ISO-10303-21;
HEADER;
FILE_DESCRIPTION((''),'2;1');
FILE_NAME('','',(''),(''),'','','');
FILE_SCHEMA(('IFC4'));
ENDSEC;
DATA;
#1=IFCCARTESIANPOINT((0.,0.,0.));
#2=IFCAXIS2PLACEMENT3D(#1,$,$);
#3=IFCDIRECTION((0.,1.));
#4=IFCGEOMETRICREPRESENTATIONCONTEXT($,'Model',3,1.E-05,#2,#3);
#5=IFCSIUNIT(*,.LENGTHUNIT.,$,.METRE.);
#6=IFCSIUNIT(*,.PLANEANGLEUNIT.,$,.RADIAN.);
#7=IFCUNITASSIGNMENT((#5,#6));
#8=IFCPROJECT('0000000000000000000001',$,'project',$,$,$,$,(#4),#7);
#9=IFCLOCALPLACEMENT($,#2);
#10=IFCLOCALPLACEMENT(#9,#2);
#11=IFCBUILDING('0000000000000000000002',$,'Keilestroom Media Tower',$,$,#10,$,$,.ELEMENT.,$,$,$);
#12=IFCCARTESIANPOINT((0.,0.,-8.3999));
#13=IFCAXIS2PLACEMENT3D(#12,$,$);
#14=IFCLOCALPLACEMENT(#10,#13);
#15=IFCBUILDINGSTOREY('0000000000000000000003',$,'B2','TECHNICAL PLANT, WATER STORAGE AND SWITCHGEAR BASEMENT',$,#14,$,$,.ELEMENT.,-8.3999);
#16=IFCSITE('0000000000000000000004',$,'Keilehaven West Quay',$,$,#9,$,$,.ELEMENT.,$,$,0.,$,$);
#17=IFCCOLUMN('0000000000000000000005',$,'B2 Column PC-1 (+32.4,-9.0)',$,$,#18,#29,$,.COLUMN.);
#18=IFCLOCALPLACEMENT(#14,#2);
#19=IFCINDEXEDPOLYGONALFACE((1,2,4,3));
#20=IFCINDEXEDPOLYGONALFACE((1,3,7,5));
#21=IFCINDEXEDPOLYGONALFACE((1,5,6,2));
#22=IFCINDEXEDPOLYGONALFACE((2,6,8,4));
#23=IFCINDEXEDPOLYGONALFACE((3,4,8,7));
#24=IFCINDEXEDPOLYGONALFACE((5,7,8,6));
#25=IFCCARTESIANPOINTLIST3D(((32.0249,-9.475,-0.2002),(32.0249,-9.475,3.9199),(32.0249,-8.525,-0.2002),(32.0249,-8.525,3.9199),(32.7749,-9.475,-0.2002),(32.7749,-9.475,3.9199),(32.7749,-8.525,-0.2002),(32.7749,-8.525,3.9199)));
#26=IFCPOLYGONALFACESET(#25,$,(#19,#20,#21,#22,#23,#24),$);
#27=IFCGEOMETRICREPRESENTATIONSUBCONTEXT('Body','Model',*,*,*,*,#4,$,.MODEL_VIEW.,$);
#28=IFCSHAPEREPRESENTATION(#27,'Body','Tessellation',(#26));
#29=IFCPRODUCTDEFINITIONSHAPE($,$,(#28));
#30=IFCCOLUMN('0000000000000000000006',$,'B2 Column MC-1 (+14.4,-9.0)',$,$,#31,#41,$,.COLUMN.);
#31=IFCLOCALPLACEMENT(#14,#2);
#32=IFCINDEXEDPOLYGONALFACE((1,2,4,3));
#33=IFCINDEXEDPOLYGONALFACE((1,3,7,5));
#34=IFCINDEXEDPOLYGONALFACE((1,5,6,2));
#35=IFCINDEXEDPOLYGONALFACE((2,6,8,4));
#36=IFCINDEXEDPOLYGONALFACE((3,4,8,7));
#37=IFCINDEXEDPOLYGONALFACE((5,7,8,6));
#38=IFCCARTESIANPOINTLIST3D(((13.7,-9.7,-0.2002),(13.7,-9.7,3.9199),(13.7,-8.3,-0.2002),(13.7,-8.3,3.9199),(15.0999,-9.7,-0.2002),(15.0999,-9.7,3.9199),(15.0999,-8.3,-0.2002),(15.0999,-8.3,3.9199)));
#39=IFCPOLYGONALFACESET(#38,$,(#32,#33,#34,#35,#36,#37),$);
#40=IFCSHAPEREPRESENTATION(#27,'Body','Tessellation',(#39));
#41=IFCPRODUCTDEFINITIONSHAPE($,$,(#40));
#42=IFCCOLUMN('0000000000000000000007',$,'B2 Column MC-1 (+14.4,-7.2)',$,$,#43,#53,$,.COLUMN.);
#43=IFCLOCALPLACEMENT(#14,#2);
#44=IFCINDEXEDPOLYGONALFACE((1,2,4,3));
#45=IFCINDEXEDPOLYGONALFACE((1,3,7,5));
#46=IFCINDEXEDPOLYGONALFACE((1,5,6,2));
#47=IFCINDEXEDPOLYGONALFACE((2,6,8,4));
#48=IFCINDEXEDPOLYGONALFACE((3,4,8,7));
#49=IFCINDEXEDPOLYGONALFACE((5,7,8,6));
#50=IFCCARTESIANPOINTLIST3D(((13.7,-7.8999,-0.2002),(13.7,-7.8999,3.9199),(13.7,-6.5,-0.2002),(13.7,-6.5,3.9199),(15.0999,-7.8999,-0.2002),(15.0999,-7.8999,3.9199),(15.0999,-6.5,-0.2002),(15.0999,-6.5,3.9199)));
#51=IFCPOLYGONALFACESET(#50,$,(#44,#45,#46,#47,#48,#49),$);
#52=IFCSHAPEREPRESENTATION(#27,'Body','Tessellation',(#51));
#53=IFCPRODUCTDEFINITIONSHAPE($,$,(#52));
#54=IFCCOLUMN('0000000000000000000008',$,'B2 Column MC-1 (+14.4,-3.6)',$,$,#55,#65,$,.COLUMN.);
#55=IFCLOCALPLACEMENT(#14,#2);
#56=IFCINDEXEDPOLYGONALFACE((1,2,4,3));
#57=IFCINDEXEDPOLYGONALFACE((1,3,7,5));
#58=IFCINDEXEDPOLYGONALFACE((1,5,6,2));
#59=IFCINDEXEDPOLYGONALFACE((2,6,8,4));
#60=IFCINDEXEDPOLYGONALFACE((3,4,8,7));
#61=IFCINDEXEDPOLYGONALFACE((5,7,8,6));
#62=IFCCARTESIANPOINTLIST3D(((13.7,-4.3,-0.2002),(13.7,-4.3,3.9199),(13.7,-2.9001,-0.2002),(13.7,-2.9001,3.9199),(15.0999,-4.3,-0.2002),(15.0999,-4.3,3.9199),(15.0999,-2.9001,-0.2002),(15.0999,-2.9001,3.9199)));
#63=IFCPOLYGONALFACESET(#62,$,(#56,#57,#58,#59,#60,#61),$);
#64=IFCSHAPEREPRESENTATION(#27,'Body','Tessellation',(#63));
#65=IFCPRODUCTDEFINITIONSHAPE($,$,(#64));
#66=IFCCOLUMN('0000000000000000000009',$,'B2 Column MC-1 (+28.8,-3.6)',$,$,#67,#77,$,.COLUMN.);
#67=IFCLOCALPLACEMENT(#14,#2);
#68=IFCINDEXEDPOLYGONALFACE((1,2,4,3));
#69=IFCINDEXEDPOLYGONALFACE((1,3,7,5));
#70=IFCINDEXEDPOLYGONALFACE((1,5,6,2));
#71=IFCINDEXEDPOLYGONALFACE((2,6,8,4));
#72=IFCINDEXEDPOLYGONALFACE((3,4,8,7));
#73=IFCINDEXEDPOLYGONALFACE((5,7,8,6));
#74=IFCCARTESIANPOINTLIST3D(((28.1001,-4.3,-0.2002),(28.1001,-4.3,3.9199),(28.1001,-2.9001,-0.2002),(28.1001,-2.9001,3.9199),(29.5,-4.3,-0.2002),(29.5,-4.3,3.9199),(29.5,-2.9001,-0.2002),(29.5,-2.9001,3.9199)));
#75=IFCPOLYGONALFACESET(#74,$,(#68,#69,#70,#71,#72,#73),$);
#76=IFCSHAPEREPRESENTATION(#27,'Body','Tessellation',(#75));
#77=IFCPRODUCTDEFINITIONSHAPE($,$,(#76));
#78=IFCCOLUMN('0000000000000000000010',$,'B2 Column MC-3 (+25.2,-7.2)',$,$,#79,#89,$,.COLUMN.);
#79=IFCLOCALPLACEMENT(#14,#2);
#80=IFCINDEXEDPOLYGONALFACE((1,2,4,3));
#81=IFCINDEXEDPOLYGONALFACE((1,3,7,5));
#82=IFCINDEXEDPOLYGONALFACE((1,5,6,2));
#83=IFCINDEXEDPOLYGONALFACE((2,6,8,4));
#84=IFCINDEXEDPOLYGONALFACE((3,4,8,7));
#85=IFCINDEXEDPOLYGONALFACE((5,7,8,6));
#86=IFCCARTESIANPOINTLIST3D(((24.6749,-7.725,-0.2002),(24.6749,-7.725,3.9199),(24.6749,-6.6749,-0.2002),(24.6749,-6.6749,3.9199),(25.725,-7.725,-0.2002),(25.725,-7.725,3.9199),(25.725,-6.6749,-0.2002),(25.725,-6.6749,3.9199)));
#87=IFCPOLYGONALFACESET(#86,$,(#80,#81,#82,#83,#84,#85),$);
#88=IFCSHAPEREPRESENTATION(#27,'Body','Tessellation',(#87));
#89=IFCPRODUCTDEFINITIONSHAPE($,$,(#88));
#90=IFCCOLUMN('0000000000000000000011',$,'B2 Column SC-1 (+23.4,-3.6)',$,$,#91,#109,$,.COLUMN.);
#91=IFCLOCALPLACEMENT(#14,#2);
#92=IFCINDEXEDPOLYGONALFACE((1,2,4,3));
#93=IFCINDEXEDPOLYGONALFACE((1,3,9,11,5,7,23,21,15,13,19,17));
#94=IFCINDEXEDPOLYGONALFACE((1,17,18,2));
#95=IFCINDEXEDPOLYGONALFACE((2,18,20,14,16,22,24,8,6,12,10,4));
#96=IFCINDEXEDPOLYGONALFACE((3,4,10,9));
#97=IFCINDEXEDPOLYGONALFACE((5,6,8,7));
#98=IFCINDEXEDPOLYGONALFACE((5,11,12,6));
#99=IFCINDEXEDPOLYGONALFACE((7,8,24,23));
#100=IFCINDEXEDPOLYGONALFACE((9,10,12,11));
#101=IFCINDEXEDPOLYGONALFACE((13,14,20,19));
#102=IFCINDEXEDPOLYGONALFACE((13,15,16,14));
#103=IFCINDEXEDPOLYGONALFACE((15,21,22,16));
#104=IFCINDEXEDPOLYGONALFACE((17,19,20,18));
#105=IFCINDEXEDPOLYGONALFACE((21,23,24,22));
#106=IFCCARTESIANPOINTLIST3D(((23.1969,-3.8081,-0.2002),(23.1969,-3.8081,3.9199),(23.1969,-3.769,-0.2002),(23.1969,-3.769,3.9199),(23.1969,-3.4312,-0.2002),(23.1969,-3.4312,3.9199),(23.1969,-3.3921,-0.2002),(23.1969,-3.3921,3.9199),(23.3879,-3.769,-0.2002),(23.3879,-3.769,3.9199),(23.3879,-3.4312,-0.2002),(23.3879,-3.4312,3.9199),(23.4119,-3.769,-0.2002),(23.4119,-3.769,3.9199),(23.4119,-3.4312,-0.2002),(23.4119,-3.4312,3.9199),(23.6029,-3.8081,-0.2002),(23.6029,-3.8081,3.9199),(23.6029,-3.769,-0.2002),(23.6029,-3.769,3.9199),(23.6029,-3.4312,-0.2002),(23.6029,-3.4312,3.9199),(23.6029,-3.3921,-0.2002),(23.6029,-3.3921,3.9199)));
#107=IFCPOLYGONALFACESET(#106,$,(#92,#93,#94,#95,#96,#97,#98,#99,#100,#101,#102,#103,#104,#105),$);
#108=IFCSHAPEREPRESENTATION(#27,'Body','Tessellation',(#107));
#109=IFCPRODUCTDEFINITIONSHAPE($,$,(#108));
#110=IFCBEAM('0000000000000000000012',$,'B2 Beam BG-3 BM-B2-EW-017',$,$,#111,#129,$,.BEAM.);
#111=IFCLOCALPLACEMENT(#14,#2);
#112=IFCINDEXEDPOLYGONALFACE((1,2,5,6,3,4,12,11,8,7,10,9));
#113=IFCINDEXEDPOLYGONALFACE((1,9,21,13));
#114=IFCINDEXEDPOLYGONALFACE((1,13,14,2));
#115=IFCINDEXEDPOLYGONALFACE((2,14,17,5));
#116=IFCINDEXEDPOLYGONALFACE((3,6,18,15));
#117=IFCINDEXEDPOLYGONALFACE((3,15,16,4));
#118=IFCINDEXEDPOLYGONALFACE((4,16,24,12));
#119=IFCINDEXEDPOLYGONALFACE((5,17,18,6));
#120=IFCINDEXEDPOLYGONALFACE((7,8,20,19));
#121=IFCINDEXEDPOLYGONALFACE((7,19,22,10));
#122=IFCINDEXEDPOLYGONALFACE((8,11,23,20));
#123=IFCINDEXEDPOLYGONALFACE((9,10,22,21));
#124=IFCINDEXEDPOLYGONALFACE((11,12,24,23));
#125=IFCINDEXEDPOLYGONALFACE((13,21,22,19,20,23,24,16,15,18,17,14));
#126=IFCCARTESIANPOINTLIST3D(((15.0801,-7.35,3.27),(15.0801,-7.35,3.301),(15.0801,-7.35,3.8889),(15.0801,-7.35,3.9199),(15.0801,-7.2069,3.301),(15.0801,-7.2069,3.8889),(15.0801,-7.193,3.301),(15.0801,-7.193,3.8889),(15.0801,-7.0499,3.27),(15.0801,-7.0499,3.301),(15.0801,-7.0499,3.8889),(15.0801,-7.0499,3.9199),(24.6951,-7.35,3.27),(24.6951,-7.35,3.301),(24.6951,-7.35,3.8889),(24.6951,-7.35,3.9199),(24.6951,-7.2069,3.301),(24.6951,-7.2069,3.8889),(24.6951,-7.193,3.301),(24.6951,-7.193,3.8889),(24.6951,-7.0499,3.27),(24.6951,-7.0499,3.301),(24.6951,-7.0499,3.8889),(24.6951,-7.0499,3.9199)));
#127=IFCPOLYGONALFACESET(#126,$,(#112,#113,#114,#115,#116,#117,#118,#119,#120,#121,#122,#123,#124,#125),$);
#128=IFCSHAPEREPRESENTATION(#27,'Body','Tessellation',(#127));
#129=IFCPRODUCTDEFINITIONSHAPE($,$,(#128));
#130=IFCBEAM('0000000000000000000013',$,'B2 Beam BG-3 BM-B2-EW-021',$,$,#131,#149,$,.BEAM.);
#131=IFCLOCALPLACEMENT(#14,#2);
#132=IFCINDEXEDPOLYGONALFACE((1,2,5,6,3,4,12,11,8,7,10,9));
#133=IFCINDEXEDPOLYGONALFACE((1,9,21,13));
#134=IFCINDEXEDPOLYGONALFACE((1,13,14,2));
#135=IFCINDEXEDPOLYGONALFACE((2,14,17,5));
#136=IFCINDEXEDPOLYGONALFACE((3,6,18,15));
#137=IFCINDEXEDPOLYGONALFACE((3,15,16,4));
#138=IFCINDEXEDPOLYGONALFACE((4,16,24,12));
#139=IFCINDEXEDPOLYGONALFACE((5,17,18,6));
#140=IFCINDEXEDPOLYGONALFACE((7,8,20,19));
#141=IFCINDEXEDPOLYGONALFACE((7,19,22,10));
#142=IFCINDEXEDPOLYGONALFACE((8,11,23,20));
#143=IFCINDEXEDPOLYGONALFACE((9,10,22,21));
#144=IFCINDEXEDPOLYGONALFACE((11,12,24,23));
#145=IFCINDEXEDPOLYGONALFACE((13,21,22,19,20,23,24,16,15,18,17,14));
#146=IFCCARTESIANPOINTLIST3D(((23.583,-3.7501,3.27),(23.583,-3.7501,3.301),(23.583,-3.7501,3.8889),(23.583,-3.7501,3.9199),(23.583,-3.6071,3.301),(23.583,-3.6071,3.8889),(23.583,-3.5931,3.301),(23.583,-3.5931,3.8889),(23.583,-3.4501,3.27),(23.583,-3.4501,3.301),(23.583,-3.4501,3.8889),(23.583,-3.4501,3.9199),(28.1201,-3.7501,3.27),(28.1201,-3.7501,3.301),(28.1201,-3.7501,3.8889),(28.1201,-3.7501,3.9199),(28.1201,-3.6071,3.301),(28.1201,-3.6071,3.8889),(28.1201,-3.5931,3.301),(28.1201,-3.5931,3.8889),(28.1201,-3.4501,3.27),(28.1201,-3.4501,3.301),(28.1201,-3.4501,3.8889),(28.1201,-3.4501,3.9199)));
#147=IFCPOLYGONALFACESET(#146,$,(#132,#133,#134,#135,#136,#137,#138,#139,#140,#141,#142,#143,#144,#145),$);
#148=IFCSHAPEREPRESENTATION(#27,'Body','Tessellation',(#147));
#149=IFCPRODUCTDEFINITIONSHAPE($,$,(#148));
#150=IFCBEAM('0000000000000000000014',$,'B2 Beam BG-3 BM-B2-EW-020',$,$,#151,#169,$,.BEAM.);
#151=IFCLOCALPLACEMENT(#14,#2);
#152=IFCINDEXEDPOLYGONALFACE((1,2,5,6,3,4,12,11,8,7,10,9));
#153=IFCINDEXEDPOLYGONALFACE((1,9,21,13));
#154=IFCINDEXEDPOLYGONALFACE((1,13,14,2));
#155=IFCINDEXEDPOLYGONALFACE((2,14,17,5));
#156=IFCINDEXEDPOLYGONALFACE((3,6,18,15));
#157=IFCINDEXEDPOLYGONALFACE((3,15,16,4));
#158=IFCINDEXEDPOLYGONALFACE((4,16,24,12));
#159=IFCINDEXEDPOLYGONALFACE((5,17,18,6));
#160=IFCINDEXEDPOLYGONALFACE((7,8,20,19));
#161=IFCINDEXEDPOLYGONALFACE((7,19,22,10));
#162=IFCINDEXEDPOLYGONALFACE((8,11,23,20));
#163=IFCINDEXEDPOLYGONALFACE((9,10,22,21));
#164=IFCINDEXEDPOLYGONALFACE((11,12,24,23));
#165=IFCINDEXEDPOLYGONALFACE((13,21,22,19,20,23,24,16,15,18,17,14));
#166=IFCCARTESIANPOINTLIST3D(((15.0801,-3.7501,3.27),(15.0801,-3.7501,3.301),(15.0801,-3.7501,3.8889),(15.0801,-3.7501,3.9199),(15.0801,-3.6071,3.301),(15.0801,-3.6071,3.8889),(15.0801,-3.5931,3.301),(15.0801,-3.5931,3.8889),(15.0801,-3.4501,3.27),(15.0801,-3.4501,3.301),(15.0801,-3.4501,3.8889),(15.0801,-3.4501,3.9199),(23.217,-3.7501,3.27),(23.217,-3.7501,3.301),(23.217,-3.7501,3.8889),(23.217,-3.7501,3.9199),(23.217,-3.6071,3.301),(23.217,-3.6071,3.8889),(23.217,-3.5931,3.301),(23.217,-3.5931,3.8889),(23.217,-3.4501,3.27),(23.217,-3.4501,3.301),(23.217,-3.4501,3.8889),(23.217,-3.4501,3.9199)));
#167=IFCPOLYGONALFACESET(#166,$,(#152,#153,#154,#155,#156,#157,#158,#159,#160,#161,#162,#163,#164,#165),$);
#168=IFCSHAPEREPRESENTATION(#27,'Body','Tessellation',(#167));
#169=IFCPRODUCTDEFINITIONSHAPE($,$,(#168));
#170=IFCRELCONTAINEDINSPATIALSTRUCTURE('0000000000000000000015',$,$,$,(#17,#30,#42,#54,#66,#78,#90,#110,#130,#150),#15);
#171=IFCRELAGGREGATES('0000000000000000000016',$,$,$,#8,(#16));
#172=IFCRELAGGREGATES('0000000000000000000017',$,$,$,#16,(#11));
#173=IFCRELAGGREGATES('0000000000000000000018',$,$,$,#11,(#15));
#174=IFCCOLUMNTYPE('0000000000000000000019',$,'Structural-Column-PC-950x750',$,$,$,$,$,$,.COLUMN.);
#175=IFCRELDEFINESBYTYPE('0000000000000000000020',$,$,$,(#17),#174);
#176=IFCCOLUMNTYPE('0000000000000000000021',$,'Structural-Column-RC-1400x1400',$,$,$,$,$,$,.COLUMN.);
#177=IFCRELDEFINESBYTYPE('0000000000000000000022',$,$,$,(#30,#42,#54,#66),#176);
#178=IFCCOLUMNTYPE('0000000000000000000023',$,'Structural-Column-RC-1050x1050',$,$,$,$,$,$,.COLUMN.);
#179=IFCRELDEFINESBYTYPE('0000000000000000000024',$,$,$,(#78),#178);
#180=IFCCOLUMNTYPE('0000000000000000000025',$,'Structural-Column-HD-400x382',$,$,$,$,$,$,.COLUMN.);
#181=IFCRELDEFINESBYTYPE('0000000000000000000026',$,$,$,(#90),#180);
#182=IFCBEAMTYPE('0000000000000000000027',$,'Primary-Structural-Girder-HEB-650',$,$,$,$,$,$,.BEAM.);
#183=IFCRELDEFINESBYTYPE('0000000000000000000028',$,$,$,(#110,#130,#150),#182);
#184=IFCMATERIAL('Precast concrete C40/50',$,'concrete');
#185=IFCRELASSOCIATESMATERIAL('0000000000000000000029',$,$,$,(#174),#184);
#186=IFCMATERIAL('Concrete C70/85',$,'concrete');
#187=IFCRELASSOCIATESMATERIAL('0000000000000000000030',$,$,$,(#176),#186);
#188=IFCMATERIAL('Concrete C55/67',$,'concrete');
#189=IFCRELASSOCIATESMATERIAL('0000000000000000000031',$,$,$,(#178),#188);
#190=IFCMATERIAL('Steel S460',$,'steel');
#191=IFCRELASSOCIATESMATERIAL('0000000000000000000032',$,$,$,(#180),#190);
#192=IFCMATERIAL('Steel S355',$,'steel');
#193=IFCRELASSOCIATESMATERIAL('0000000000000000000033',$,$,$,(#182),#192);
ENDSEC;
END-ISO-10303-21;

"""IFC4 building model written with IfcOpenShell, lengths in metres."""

from ifc_helpers import new_model, si_unit, direction, frame, origin, origin_2d, place, context, subcontext, project, spatial, rectangle, i_section, extrude, source, transform, mapped, material, material_profile, profile_set, type_object, element, save


model = new_model("IFC4")

# Units and contexts
model_context = context("Model", 3, precision=1e-05, world=origin(), true_north=direction((0.0, 1.0)))
body_context = subcontext(model_context, "Body", "Model", "MODEL_VIEW")
ifc_project = project(units=[si_unit("LENGTHUNIT", "METRE"), si_unit("PLANEANGLEUNIT", "RADIAN")], contexts=[model_context])

# Site, building, storey
site_placement = place(None, origin())
site = spatial("IfcSite", under=ifc_project, at=site_placement, Name="Keilehaven West Quay", CompositionType="ELEMENT", RefElevation=0.0)
building_placement = place(site_placement, origin())
building = spatial("IfcBuilding", under=site, at=building_placement, Name="Keilestroom Media Tower", CompositionType="ELEMENT")
storey_placement = place(building_placement, frame((0.0, 0.0, -8.3999)))
storey = spatial("IfcBuildingStorey", under=building, at=storey_placement, Name="B2", Description="TECHNICAL PLANT, WATER STORAGE AND SWITCHGEAR BASEMENT", CompositionType="ELEMENT", Elevation=-8.3999)

# Columns
ifc_material_1 = material(Name="Precast concrete C40/50", Category="concrete")
ifc_material_profile_1 = material_profile(ifc_material_1, rectangle(XDim=0.75, YDim=0.95, at=origin_2d()), Name="PC 950x750")
ifc_profile_set_1 = profile_set([ifc_material_profile_1], Name="Precast concrete C40/50")
column_type_1 = type_object("IfcColumnType", Name="Structural-Column-PC-950x750", PredefinedType="COLUMN", material=ifc_profile_set_1)
shared_shape_1 = source(origin(), body_context, "Body", "SweptSolid", [
    extrude(rectangle(XDim=0.75, YDim=0.95, at=origin_2d()), origin(), (0.0, 0.0, 1.0), 4.1201),
])
column_1_placement = place(storey_placement, frame((32.3999, -9.0, -0.2002), z_axis=(0.0, 0.0, 1.0), x_axis=(1.0, 0.0, 0.0)))
element("IfcColumn", 1, at=column_1_placement, inside=storey, type_object=column_type_1, Name="B2 Column PC-1 (+32.4,-9.0)", PredefinedType="COLUMN", context=body_context, shape_type="MappedRepresentation", body=[
    mapped(shared_shape_1, transform((0.0, 0.0, 0.0), x_axis=(1.0, 0.0, 0.0), y_axis=(0.0, 1.0, 0.0), z_axis=(0.0, 0.0, 1.0), scale=1.0)),
])
ifc_material_2 = material(Name="Concrete C70/85", Category="concrete")
ifc_material_profile_2 = material_profile(ifc_material_2, rectangle(XDim=1.3999, YDim=1.3999, at=origin_2d()), Name="RC 1400x1400")
ifc_profile_set_2 = profile_set([ifc_material_profile_2], Name="Concrete C70/85")
column_type_2 = type_object("IfcColumnType", Name="Structural-Column-RC-1400x1400", PredefinedType="COLUMN", material=ifc_profile_set_2)
shared_shape_2 = source(origin(), body_context, "Body", "SweptSolid", [
    extrude(rectangle(XDim=1.3999, YDim=1.3999, at=origin_2d()), origin(), (0.0, 0.0, 1.0), 4.1201),
])
for number, where, z_axis, x_axis, name in (
    (2, (14.3999, -9.0, -0.2002), (0.0, 0.0, 1.0), (1.0, 0.0, 0.0), "B2 Column MC-1 (+14.4,-9.0)"),
    (3, (14.3999, -7.2, -0.2002), (0.0, 0.0, 1.0), (1.0, 0.0, 0.0), "B2 Column MC-1 (+14.4,-7.2)"),
    (4, (14.3999, -3.6001, -0.2002), (0.0, 0.0, 1.0), (1.0, 0.0, 0.0), "B2 Column MC-1 (+14.4,-3.6)"),
    (5, (28.8, -3.6001, -0.2002), (0.0, 0.0, 1.0), (1.0, 0.0, 0.0), "B2 Column MC-1 (+28.8,-3.6)"),
):
    element("IfcColumn", number, at=place(storey_placement, frame(where, z_axis=z_axis, x_axis=x_axis)), inside=storey, type_object=column_type_2, Name=name, PredefinedType="COLUMN", context=body_context, shape_type="MappedRepresentation", body=[
        mapped(shared_shape_2, transform((0.0, 0.0, 0.0), x_axis=(1.0, 0.0, 0.0), y_axis=(0.0, 1.0, 0.0), z_axis=(0.0, 0.0, 1.0), scale=1.0)),
    ])
ifc_material_3 = material(Name="Concrete C55/67", Category="concrete")
ifc_material_profile_3 = material_profile(ifc_material_3, rectangle(XDim=1.05, YDim=1.05, at=origin_2d()), Name="RC 1050x1050")
ifc_profile_set_3 = profile_set([ifc_material_profile_3], Name="Concrete C55/67")
column_type_3 = type_object("IfcColumnType", Name="Structural-Column-RC-1050x1050", PredefinedType="COLUMN", material=ifc_profile_set_3)
shared_shape_3 = source(origin(), body_context, "Body", "SweptSolid", [
    extrude(rectangle(XDim=1.05, YDim=1.05, at=origin_2d()), origin(), (0.0, 0.0, 1.0), 4.1201),
])
column_2_placement = place(storey_placement, frame((25.2, -7.2, -0.2002), z_axis=(0.0, 0.0, 1.0), x_axis=(1.0, 0.0, 0.0)))
element("IfcColumn", 6, at=column_2_placement, inside=storey, type_object=column_type_3, Name="B2 Column MC-3 (+25.2,-7.2)", PredefinedType="COLUMN", context=body_context, shape_type="MappedRepresentation", body=[
    mapped(shared_shape_3, transform((0.0, 0.0, 0.0), x_axis=(1.0, 0.0, 0.0), y_axis=(0.0, 1.0, 0.0), z_axis=(0.0, 0.0, 1.0), scale=1.0)),
])
ifc_material_4 = material(Name="Steel S460", Category="steel")
ifc_material_profile_4 = material_profile(ifc_material_4, i_section(OverallWidth=0.406, OverallDepth=0.416, WebThickness=0.0239, FlangeThickness=0.0391, at=origin_2d()), Name="HD 400x382")
ifc_profile_set_4 = profile_set([ifc_material_profile_4], Name="Steel S460")
column_type_4 = type_object("IfcColumnType", Name="Structural-Column-HD-400x382", PredefinedType="COLUMN", material=ifc_profile_set_4)
shared_shape_4 = source(origin(), body_context, "Body", "SweptSolid", [
    extrude(i_section(OverallWidth=0.406, OverallDepth=0.416, WebThickness=0.0239, FlangeThickness=0.0391, at=origin_2d()), origin(), (0.0, 0.0, 1.0), 4.1201),
])
column_3_placement = place(storey_placement, frame((23.3999, -3.6001, -0.2002), z_axis=(0.0, 0.0, 1.0), x_axis=(1.0, 0.0, 0.0)))
element("IfcColumn", 7, at=column_3_placement, inside=storey, type_object=column_type_4, Name="B2 Column SC-1 (+23.4,-3.6)", PredefinedType="COLUMN", context=body_context, shape_type="MappedRepresentation", body=[
    mapped(shared_shape_4, transform((0.0, 0.0, 0.0), x_axis=(1.0, 0.0, 0.0), y_axis=(0.0, 1.0, 0.0), z_axis=(0.0, 0.0, 1.0), scale=1.0)),
])

# Beams
ifc_material_5 = material(Name="Steel S355", Category="steel")
ifc_material_profile_5 = material_profile(ifc_material_5, i_section(OverallWidth=0.3, OverallDepth=0.6499, WebThickness=0.0139, FlangeThickness=0.031, at=origin_2d()), Name="HEB 650")
ifc_profile_set_5 = profile_set([ifc_material_profile_5], Name="Steel S355")
beam_type_1 = type_object("IfcBeamType", Name="Primary-Structural-Girder-HEB-650", PredefinedType="BEAM", material=ifc_profile_set_5)
shared_shape_5 = source(origin(), body_context, "Body", "SweptSolid", [
    extrude(i_section(OverallWidth=0.3, OverallDepth=0.6499, WebThickness=0.0139, FlangeThickness=0.031, at=origin_2d()), origin(), (0.0, 0.0, 1.0), 9.615),
])
beam_1_placement = place(storey_placement, frame((15.0801, -7.2, 3.595), z_axis=(1.0, 0.0, 0.0), x_axis=(0.0, 1.0, 0.0)))
element("IfcBeam", 8, at=beam_1_placement, inside=storey, type_object=beam_type_1, Name="B2 Beam BG-3 BM-B2-EW-017", PredefinedType="BEAM", context=body_context, shape_type="MappedRepresentation", body=[
    mapped(shared_shape_5, transform((0.0, 0.0, 0.0), x_axis=(1.0, 0.0, 0.0), y_axis=(0.0, 1.0, 0.0), z_axis=(0.0, 0.0, 1.0), scale=1.0)),
])
shared_shape_6 = source(origin(), body_context, "Body", "SweptSolid", [
    extrude(i_section(OverallWidth=0.3, OverallDepth=0.6499, WebThickness=0.0139, FlangeThickness=0.031, at=origin_2d()), origin(), (0.0, 0.0, 1.0), 4.5371),
])
beam_2_placement = place(storey_placement, frame((23.583, -3.6001, 3.595), z_axis=(1.0, 0.0, 0.0), x_axis=(0.0, 1.0, 0.0)))
element("IfcBeam", 9, at=beam_2_placement, inside=storey, type_object=beam_type_1, Name="B2 Beam BG-3 BM-B2-EW-021", PredefinedType="BEAM", context=body_context, shape_type="MappedRepresentation", body=[
    mapped(shared_shape_6, transform((0.0, 0.0, 0.0), x_axis=(1.0, 0.0, 0.0), y_axis=(0.0, 1.0, 0.0), z_axis=(0.0, 0.0, 1.0), scale=1.0)),
])
shared_shape_7 = source(origin(), body_context, "Body", "SweptSolid", [
    extrude(i_section(OverallWidth=0.3, OverallDepth=0.6499, WebThickness=0.0139, FlangeThickness=0.031, at=origin_2d()), origin(), (0.0, 0.0, 1.0), 8.137),
])
beam_3_placement = place(storey_placement, frame((15.0801, -3.6001, 3.595), z_axis=(1.0, 0.0, 0.0), x_axis=(0.0, 1.0, 0.0)))
element("IfcBeam", 10, at=beam_3_placement, inside=storey, type_object=beam_type_1, Name="B2 Beam BG-3 BM-B2-EW-020", PredefinedType="BEAM", context=body_context, shape_type="MappedRepresentation", body=[
    mapped(shared_shape_7, transform((0.0, 0.0, 0.0), x_axis=(1.0, 0.0, 0.0), y_axis=(0.0, 1.0, 0.0), z_axis=(0.0, 0.0, 1.0), scale=1.0)),
])

save(model, "model.ifc")
